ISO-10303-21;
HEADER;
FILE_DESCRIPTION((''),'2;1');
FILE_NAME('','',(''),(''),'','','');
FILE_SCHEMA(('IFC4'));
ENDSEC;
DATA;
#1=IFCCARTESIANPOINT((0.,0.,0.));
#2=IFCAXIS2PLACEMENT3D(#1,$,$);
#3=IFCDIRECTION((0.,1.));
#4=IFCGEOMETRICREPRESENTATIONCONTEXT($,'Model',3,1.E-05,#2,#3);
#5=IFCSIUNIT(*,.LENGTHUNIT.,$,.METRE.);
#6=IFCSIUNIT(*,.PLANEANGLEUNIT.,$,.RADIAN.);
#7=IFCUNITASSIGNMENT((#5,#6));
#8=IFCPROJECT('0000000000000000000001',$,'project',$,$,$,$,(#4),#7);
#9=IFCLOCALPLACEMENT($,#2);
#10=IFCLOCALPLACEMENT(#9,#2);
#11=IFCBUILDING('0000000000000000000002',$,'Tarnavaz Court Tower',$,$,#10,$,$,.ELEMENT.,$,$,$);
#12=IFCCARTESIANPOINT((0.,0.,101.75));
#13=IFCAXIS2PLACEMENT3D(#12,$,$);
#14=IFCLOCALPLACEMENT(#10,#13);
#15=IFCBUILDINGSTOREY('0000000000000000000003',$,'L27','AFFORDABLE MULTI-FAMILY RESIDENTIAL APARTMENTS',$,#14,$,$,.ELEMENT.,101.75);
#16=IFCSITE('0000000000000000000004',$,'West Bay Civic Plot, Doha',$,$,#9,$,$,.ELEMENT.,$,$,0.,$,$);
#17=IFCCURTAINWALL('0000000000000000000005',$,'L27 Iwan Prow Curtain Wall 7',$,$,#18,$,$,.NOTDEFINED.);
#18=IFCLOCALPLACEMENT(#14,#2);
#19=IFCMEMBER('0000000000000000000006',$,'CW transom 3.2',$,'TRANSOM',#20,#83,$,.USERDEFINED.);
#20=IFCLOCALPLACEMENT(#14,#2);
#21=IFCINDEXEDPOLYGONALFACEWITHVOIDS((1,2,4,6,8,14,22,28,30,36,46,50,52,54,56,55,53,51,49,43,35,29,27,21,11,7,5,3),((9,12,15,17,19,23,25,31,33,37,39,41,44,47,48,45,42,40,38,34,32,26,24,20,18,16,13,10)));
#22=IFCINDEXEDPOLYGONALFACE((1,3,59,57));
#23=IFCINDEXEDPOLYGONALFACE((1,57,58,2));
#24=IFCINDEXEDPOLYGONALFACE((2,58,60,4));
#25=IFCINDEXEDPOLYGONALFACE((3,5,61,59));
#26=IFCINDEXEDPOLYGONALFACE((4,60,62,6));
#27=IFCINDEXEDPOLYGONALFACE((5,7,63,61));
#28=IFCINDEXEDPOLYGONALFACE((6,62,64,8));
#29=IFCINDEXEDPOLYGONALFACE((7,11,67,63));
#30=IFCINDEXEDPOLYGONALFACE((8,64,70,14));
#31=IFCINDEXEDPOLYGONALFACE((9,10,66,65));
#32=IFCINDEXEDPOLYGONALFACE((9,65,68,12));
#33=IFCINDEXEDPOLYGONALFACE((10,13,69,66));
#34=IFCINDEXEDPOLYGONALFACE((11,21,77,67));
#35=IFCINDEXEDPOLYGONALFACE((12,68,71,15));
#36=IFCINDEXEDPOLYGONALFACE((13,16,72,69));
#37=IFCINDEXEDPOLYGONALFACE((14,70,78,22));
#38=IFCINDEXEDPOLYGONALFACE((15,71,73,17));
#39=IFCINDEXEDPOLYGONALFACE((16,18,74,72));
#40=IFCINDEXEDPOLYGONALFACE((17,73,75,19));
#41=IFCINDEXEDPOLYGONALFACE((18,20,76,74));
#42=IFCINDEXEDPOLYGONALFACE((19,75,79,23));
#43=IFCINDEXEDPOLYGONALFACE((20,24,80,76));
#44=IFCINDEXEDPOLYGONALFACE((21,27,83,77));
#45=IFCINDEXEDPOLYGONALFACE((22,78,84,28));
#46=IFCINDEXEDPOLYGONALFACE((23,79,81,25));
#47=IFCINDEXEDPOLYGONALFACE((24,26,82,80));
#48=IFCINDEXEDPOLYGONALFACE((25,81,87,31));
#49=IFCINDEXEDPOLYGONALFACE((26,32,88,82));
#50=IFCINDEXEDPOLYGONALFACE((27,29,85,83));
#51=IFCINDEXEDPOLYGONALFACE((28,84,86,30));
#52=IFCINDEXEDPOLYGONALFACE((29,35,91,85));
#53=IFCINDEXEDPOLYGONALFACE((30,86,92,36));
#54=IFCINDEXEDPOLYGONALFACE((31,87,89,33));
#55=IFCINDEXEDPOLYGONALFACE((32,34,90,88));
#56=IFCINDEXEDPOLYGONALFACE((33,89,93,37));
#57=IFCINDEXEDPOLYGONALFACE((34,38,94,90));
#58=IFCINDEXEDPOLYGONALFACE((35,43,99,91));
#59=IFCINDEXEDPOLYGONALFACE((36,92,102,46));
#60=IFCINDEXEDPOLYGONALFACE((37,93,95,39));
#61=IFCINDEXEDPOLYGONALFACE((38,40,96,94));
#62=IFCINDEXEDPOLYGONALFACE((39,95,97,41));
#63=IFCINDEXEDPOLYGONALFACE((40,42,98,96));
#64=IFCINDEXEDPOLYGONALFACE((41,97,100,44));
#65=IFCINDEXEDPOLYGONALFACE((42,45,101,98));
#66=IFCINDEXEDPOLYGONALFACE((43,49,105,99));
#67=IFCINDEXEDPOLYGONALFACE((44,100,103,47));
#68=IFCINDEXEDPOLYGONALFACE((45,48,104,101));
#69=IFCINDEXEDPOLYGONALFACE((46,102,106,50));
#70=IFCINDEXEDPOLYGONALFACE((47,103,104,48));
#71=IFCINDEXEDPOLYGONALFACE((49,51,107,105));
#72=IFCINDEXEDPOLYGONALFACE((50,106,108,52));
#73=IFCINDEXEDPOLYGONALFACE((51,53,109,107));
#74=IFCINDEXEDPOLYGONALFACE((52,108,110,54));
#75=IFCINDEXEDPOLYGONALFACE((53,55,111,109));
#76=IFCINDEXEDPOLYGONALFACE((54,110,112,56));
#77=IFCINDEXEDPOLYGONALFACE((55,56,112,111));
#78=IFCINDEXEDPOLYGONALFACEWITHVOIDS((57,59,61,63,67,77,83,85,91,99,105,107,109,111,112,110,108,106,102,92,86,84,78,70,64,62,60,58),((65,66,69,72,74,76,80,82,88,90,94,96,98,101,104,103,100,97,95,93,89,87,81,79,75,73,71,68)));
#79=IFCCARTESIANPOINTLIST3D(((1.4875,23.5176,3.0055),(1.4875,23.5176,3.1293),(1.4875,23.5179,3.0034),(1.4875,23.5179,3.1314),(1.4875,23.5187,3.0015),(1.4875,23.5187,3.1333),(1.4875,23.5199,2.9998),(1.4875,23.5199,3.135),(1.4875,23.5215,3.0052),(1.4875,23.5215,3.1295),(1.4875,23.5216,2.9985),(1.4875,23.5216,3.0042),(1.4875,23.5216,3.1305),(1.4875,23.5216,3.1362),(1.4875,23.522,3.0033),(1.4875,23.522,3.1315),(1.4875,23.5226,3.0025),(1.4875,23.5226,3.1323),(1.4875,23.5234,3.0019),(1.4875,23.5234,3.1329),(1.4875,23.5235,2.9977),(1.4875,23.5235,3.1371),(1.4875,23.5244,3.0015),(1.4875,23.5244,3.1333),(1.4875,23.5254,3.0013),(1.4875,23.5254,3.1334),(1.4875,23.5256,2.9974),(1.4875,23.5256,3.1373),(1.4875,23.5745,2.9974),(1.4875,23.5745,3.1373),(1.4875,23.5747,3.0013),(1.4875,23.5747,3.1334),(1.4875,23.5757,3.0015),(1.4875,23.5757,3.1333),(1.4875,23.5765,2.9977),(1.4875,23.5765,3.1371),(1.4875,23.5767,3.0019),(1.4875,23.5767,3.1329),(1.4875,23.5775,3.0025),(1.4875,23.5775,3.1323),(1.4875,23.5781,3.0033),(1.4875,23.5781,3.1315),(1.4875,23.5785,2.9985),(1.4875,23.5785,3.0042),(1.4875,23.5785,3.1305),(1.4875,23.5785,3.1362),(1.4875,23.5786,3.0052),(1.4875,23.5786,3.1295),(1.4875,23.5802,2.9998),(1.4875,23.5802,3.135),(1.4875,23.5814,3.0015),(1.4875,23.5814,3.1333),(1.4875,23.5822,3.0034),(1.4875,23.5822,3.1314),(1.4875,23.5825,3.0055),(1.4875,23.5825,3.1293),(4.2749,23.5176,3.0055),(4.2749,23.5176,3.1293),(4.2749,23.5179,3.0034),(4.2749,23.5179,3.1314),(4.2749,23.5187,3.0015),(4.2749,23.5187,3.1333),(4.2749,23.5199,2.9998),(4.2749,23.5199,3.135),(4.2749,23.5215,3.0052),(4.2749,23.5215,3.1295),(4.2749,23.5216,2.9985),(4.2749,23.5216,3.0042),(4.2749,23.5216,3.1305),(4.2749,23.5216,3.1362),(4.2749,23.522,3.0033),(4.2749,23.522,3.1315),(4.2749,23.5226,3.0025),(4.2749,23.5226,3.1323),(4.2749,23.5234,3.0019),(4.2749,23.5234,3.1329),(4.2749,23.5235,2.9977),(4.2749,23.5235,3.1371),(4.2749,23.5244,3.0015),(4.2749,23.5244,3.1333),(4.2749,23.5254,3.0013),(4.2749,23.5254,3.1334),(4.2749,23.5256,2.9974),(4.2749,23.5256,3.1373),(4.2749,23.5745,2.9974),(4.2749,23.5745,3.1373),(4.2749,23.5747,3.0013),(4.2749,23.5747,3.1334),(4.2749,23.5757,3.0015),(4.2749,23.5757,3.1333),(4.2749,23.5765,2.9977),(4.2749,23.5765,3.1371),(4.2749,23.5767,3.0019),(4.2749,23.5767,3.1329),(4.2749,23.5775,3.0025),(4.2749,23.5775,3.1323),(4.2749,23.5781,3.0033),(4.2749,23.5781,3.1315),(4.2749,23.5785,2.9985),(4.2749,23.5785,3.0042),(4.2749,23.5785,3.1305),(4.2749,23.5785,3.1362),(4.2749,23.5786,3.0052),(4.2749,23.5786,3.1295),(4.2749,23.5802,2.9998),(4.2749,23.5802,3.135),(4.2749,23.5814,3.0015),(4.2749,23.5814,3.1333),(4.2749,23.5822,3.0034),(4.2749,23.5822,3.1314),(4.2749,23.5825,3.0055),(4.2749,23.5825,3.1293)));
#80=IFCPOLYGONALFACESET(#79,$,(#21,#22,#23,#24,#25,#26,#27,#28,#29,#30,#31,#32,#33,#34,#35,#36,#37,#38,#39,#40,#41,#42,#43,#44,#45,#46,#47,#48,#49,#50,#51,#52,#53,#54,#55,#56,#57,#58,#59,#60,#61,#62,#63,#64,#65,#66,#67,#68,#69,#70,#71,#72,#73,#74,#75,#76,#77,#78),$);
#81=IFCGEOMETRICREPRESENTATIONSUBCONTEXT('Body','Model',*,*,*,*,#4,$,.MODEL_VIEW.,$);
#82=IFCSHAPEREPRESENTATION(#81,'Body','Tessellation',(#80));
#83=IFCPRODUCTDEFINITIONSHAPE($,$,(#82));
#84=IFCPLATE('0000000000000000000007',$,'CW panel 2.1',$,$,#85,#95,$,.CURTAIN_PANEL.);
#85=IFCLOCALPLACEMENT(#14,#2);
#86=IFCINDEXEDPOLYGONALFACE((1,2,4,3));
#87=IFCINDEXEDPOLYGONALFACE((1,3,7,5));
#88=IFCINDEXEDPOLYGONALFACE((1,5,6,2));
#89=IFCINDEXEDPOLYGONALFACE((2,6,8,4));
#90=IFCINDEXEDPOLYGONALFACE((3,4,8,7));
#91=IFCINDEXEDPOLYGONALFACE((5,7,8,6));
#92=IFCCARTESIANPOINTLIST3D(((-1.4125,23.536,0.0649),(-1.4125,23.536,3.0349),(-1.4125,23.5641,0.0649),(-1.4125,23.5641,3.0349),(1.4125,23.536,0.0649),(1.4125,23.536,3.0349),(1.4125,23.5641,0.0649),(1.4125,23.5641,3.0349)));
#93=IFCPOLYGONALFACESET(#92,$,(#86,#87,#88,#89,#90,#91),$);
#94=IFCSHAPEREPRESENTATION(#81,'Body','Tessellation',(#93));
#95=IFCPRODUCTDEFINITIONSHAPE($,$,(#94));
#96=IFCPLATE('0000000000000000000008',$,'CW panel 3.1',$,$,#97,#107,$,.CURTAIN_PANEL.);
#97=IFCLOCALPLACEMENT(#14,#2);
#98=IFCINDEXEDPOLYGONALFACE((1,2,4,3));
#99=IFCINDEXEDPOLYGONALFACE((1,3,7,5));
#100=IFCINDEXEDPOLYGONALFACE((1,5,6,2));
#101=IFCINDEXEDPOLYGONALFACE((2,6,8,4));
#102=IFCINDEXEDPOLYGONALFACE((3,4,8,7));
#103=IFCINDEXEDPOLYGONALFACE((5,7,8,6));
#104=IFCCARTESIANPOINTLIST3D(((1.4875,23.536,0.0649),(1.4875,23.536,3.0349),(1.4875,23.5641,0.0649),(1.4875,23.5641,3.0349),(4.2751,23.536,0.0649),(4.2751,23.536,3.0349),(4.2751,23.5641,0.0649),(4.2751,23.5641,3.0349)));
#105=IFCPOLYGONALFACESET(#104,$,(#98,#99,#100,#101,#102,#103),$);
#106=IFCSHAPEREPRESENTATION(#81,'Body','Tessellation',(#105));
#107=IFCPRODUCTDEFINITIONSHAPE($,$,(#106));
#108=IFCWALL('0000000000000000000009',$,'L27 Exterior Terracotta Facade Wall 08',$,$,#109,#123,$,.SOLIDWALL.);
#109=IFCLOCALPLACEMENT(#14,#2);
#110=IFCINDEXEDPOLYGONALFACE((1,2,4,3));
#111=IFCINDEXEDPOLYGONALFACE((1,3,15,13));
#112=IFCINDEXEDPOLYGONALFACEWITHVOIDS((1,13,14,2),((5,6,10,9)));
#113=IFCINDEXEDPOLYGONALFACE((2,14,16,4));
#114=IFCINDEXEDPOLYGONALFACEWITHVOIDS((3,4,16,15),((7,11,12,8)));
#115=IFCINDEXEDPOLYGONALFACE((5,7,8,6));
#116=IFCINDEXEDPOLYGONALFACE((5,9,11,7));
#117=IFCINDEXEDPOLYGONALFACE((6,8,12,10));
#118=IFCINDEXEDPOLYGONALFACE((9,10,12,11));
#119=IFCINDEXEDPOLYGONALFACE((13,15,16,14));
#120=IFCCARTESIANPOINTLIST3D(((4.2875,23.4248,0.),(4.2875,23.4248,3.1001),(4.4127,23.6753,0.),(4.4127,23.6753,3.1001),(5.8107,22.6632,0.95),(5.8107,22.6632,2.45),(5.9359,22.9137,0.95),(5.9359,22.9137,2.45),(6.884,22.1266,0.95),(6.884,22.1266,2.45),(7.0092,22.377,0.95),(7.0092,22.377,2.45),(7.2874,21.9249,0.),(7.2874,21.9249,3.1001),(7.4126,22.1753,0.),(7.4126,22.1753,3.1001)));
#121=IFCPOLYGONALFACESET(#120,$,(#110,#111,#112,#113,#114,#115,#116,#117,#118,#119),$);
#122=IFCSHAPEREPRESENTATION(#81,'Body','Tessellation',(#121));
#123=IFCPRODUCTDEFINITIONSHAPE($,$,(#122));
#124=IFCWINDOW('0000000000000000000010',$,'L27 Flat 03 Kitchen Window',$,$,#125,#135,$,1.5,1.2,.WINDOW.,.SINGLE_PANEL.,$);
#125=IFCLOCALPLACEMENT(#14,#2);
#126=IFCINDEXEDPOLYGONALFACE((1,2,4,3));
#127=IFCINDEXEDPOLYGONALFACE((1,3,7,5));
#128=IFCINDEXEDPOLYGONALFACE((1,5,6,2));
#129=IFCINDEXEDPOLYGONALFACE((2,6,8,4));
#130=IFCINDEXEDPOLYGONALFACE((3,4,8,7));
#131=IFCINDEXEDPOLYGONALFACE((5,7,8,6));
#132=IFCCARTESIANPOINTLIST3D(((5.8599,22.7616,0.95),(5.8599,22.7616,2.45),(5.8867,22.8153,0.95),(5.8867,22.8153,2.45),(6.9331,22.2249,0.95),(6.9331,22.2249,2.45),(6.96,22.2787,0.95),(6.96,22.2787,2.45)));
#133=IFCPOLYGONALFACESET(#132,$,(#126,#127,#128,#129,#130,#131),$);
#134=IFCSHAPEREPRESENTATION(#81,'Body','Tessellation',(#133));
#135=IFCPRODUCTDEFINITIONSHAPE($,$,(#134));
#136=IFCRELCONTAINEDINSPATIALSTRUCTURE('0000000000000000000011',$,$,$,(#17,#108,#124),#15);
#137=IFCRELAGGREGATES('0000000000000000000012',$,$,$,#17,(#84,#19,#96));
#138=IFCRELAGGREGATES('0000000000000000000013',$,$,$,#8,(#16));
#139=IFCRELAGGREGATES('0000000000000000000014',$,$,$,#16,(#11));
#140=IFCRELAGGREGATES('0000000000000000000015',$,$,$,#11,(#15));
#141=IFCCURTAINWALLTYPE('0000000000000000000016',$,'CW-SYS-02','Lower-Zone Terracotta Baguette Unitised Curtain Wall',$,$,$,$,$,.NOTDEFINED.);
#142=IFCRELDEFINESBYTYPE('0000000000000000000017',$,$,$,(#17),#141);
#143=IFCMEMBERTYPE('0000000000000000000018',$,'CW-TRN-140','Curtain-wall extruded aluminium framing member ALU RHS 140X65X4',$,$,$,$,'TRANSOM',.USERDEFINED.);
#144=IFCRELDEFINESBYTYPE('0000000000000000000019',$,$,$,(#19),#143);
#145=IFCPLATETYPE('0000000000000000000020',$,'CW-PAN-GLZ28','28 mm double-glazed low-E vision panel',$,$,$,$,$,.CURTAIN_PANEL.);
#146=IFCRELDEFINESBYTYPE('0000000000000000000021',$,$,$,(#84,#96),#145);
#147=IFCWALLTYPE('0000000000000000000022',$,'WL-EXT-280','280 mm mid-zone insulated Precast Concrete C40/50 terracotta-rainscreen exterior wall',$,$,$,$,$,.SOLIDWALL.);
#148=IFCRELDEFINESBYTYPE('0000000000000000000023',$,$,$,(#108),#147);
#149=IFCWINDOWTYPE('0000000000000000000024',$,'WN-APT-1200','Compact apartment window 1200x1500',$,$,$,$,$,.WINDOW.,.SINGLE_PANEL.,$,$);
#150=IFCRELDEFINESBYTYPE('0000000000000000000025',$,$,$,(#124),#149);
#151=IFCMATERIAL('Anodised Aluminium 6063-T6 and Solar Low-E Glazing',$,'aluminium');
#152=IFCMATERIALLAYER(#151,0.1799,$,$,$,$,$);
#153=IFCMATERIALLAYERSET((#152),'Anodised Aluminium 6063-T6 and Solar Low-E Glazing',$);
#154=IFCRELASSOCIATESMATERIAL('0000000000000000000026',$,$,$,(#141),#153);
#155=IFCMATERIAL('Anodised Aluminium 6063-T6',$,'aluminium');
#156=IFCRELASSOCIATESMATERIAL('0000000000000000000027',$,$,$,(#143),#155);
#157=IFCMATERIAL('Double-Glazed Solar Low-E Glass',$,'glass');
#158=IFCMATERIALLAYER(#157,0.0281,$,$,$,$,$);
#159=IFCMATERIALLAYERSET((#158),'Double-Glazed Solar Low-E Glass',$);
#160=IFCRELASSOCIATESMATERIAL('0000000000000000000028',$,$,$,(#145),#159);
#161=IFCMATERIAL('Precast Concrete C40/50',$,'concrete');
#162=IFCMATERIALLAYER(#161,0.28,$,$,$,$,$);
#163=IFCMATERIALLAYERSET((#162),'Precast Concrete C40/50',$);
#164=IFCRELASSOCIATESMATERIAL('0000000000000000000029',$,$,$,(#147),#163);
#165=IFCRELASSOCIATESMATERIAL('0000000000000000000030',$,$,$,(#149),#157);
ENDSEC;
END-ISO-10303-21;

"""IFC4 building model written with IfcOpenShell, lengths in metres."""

from ifc_helpers import new_model, si_unit, direction, frame, frame_2d, origin, origin_2d, place, context, subcontext, project, spatial, rectangle, hollow_rectangle, extrude, material, layer, layer_set, material_profile, profile_set, type_object, element, fill, aggregate, save


model = new_model("IFC4")

# Units and contexts
model_context = context("Model", 3, precision=1e-05, world=origin(), true_north=direction((0.0, 1.0)))
body_context = subcontext(model_context, "Body", "Model", "MODEL_VIEW")
ifc_project = project(units=[si_unit("LENGTHUNIT", "METRE"), si_unit("PLANEANGLEUNIT", "RADIAN")], contexts=[model_context])

# Site, building, storey
site_placement = place(None, origin())
site = spatial("IfcSite", under=ifc_project, at=site_placement, Name="West Bay Civic Plot, Doha", CompositionType="ELEMENT", RefElevation=0.0)
building_placement = place(site_placement, origin())
building = spatial("IfcBuilding", under=site, at=building_placement, Name="Tarnavaz Court Tower", CompositionType="ELEMENT")
storey_placement = place(building_placement, frame((0.0, 0.0, 101.75)))
storey = spatial("IfcBuildingStorey", under=building, at=storey_placement, Name="L27", Description="AFFORDABLE MULTI-FAMILY RESIDENTIAL APARTMENTS", CompositionType="ELEMENT", Elevation=101.75)

# Curtain wall, member, plates
ifc_material_1 = material(Name="Anodised Aluminium 6063-T6 and Solar Low-E Glazing", Category="aluminium")
ifc_layer_1 = layer(ifc_material_1, 0.1799)
ifc_layer_set_1 = layer_set([ifc_layer_1], Name="Anodised Aluminium 6063-T6 and Solar Low-E Glazing")
curtain_wall_type = type_object("IfcCurtainWallType", Name="CW-SYS-02", Description="Lower-Zone Terracotta Baguette Unitised Curtain Wall", PredefinedType="NOTDEFINED", material=ifc_layer_set_1)
curtain_wall_placement = place(storey_placement, origin())
curtain_wall = element("IfcCurtainWall", 1, at=curtain_wall_placement, inside=storey, type_object=curtain_wall_type, Name="L27 Iwan Prow Curtain Wall 7", PredefinedType="NOTDEFINED")
ifc_material_2 = material(Name="Anodised Aluminium 6063-T6", Category="aluminium")
ifc_material_profile_1 = material_profile(ifc_material_2, hollow_rectangle(XDim=0.0649, YDim=0.1399, WallThickness=0.0039, InnerFilletRadius=0.0039, OuterFilletRadius=0.0081, at=origin_2d()), Name="ALU RHS 140X65X4")
ifc_profile_set_1 = profile_set([ifc_material_profile_1], Name="Anodised Aluminium 6063-T6")
member_type_1 = type_object("IfcMemberType", Name="CW-TRN-140", Description="Curtain-wall extruded aluminium framing member ALU RHS 140X65X4", ElementType="TRANSOM", PredefinedType="USERDEFINED", material=ifc_profile_set_1)
member_1_placement = place(storey_placement, frame((1.4875, 23.55, 3.0674), z_axis=(1.0, 0.0, 0.0), x_axis=(0.0, 1.0, 0.0)))
member_1 = element("IfcMember", 2, at=member_1_placement, type_object=member_type_1, Name="CW transom 3.2", ObjectType="TRANSOM", PredefinedType="USERDEFINED", context=body_context, shape_type="SweptSolid", body=[
    extrude(hollow_rectangle(XDim=0.0649, YDim=0.1399, WallThickness=0.0039, InnerFilletRadius=0.0039, OuterFilletRadius=0.0081, at=origin_2d()), origin(), (0.0, 0.0, 1.0), 2.7874),
])
ifc_material_3 = material(Name="Double-Glazed Solar Low-E Glass", Category="glass")
ifc_layer_2 = layer(ifc_material_3, 0.0281)
ifc_layer_set_2 = layer_set([ifc_layer_2], Name="Double-Glazed Solar Low-E Glass")
plate_type = type_object("IfcPlateType", Name="CW-PAN-GLZ28", Description="28 mm double-glazed low-E vision panel", PredefinedType="CURTAIN_PANEL", material=ifc_layer_set_2)
plate_1_placement = place(storey_placement, frame((0.0, 23.55, 0.0649), z_axis=(0.0, 0.0, 1.0), x_axis=(1.0, 0.0, 0.0)))
plate_1 = element("IfcPlate", 3, at=plate_1_placement, type_object=plate_type, Name="CW panel 2.1", PredefinedType="CURTAIN_PANEL", context=body_context, shape_type="SweptSolid", body=[
    extrude(rectangle(XDim=2.825, YDim=0.0281, at=origin_2d()), origin(), (0.0, 0.0, 1.0), 2.97),
])
plate_2_placement = place(storey_placement, frame((2.8813, 23.55, 0.0649), z_axis=(0.0, 0.0, 1.0), x_axis=(1.0, 0.0, 0.0)))
plate_2 = element("IfcPlate", 4, at=plate_2_placement, type_object=plate_type, Name="CW panel 3.1", PredefinedType="CURTAIN_PANEL", context=body_context, shape_type="SweptSolid", body=[
    extrude(rectangle(XDim=2.7876, YDim=0.0281, at=origin_2d()), origin(), (0.0, 0.0, 1.0), 2.97),
])
aggregate(curtain_wall, [plate_1, member_1, plate_2])

# Wall, opening, window
ifc_material_4 = material(Name="Precast Concrete C40/50", Category="concrete")
ifc_layer_3 = layer(ifc_material_4, 0.28)
ifc_layer_set_3 = layer_set([ifc_layer_3], Name="Precast Concrete C40/50")
wall_type_1 = type_object("IfcWallType", Name="WL-EXT-280", Description="280 mm mid-zone insulated Precast Concrete C40/50 terracotta-rainscreen exterior wall", PredefinedType="SOLIDWALL", material=ifc_layer_set_3)
wall_1_placement = place(storey_placement, frame((4.3501, 23.55, 0.0), z_axis=(0.0, 0.0, 1.0), x_axis=(0.894427, -0.447214, 0.0)))
wall_1 = element("IfcWall", 5, at=wall_1_placement, inside=storey, type_object=wall_type_1, Name="L27 Exterior Terracotta Facade Wall 08", PredefinedType="SOLIDWALL", context=body_context, shape_type="SweptSolid", body=[
    extrude(rectangle(XDim=3.354, YDim=0.28, at=frame_2d((1.677, 0.0))), origin(), (0.0, 0.0, 1.0), 3.1001),
])
opening_1_placement = place(wall_1_placement, frame((1.7029, 0.0, 0.95)))
opening_1 = element("IfcOpeningElement", 6, at=opening_1_placement, cuts=wall_1, PredefinedType="OPENING", context=body_context, shape_type="SweptSolid", body=[
    extrude(rectangle(XDim=1.2, YDim=1.5, at=frame_2d((0.6001, 0.75))), frame((0.0, 0.1499, 0.0), z_axis=(0.0, -1.0, 0.0), x_axis=(1.0, 0.0, 0.0)), (0.0, 0.0, 1.0), 0.3),
])
window_type_1 = type_object("IfcWindowType", Name="WN-APT-1200", Description="Compact apartment window 1200x1500", PartitioningType="SINGLE_PANEL", PredefinedType="WINDOW", material=ifc_material_3)
window_1_placement = place(opening_1_placement, origin())
window_1 = element("IfcWindow", 7, at=window_1_placement, inside=storey, type_object=window_type_1, Name="L27 Flat 03 Kitchen Window", OverallHeight=1.5, OverallWidth=1.2, PartitioningType="SINGLE_PANEL", PredefinedType="WINDOW", context=body_context, shape_type="SweptSolid", body=[
    extrude(rectangle(XDim=1.2, YDim=1.5, at=frame_2d((0.6001, 0.75))), frame((0.0, 0.03, 0.0), z_axis=(0.0, -1.0, 0.0), x_axis=(1.0, 0.0, 0.0)), (0.0, 0.0, 1.0), 0.0601),
])
fill(opening_1, window_1)

save(model, "model.ifc")
